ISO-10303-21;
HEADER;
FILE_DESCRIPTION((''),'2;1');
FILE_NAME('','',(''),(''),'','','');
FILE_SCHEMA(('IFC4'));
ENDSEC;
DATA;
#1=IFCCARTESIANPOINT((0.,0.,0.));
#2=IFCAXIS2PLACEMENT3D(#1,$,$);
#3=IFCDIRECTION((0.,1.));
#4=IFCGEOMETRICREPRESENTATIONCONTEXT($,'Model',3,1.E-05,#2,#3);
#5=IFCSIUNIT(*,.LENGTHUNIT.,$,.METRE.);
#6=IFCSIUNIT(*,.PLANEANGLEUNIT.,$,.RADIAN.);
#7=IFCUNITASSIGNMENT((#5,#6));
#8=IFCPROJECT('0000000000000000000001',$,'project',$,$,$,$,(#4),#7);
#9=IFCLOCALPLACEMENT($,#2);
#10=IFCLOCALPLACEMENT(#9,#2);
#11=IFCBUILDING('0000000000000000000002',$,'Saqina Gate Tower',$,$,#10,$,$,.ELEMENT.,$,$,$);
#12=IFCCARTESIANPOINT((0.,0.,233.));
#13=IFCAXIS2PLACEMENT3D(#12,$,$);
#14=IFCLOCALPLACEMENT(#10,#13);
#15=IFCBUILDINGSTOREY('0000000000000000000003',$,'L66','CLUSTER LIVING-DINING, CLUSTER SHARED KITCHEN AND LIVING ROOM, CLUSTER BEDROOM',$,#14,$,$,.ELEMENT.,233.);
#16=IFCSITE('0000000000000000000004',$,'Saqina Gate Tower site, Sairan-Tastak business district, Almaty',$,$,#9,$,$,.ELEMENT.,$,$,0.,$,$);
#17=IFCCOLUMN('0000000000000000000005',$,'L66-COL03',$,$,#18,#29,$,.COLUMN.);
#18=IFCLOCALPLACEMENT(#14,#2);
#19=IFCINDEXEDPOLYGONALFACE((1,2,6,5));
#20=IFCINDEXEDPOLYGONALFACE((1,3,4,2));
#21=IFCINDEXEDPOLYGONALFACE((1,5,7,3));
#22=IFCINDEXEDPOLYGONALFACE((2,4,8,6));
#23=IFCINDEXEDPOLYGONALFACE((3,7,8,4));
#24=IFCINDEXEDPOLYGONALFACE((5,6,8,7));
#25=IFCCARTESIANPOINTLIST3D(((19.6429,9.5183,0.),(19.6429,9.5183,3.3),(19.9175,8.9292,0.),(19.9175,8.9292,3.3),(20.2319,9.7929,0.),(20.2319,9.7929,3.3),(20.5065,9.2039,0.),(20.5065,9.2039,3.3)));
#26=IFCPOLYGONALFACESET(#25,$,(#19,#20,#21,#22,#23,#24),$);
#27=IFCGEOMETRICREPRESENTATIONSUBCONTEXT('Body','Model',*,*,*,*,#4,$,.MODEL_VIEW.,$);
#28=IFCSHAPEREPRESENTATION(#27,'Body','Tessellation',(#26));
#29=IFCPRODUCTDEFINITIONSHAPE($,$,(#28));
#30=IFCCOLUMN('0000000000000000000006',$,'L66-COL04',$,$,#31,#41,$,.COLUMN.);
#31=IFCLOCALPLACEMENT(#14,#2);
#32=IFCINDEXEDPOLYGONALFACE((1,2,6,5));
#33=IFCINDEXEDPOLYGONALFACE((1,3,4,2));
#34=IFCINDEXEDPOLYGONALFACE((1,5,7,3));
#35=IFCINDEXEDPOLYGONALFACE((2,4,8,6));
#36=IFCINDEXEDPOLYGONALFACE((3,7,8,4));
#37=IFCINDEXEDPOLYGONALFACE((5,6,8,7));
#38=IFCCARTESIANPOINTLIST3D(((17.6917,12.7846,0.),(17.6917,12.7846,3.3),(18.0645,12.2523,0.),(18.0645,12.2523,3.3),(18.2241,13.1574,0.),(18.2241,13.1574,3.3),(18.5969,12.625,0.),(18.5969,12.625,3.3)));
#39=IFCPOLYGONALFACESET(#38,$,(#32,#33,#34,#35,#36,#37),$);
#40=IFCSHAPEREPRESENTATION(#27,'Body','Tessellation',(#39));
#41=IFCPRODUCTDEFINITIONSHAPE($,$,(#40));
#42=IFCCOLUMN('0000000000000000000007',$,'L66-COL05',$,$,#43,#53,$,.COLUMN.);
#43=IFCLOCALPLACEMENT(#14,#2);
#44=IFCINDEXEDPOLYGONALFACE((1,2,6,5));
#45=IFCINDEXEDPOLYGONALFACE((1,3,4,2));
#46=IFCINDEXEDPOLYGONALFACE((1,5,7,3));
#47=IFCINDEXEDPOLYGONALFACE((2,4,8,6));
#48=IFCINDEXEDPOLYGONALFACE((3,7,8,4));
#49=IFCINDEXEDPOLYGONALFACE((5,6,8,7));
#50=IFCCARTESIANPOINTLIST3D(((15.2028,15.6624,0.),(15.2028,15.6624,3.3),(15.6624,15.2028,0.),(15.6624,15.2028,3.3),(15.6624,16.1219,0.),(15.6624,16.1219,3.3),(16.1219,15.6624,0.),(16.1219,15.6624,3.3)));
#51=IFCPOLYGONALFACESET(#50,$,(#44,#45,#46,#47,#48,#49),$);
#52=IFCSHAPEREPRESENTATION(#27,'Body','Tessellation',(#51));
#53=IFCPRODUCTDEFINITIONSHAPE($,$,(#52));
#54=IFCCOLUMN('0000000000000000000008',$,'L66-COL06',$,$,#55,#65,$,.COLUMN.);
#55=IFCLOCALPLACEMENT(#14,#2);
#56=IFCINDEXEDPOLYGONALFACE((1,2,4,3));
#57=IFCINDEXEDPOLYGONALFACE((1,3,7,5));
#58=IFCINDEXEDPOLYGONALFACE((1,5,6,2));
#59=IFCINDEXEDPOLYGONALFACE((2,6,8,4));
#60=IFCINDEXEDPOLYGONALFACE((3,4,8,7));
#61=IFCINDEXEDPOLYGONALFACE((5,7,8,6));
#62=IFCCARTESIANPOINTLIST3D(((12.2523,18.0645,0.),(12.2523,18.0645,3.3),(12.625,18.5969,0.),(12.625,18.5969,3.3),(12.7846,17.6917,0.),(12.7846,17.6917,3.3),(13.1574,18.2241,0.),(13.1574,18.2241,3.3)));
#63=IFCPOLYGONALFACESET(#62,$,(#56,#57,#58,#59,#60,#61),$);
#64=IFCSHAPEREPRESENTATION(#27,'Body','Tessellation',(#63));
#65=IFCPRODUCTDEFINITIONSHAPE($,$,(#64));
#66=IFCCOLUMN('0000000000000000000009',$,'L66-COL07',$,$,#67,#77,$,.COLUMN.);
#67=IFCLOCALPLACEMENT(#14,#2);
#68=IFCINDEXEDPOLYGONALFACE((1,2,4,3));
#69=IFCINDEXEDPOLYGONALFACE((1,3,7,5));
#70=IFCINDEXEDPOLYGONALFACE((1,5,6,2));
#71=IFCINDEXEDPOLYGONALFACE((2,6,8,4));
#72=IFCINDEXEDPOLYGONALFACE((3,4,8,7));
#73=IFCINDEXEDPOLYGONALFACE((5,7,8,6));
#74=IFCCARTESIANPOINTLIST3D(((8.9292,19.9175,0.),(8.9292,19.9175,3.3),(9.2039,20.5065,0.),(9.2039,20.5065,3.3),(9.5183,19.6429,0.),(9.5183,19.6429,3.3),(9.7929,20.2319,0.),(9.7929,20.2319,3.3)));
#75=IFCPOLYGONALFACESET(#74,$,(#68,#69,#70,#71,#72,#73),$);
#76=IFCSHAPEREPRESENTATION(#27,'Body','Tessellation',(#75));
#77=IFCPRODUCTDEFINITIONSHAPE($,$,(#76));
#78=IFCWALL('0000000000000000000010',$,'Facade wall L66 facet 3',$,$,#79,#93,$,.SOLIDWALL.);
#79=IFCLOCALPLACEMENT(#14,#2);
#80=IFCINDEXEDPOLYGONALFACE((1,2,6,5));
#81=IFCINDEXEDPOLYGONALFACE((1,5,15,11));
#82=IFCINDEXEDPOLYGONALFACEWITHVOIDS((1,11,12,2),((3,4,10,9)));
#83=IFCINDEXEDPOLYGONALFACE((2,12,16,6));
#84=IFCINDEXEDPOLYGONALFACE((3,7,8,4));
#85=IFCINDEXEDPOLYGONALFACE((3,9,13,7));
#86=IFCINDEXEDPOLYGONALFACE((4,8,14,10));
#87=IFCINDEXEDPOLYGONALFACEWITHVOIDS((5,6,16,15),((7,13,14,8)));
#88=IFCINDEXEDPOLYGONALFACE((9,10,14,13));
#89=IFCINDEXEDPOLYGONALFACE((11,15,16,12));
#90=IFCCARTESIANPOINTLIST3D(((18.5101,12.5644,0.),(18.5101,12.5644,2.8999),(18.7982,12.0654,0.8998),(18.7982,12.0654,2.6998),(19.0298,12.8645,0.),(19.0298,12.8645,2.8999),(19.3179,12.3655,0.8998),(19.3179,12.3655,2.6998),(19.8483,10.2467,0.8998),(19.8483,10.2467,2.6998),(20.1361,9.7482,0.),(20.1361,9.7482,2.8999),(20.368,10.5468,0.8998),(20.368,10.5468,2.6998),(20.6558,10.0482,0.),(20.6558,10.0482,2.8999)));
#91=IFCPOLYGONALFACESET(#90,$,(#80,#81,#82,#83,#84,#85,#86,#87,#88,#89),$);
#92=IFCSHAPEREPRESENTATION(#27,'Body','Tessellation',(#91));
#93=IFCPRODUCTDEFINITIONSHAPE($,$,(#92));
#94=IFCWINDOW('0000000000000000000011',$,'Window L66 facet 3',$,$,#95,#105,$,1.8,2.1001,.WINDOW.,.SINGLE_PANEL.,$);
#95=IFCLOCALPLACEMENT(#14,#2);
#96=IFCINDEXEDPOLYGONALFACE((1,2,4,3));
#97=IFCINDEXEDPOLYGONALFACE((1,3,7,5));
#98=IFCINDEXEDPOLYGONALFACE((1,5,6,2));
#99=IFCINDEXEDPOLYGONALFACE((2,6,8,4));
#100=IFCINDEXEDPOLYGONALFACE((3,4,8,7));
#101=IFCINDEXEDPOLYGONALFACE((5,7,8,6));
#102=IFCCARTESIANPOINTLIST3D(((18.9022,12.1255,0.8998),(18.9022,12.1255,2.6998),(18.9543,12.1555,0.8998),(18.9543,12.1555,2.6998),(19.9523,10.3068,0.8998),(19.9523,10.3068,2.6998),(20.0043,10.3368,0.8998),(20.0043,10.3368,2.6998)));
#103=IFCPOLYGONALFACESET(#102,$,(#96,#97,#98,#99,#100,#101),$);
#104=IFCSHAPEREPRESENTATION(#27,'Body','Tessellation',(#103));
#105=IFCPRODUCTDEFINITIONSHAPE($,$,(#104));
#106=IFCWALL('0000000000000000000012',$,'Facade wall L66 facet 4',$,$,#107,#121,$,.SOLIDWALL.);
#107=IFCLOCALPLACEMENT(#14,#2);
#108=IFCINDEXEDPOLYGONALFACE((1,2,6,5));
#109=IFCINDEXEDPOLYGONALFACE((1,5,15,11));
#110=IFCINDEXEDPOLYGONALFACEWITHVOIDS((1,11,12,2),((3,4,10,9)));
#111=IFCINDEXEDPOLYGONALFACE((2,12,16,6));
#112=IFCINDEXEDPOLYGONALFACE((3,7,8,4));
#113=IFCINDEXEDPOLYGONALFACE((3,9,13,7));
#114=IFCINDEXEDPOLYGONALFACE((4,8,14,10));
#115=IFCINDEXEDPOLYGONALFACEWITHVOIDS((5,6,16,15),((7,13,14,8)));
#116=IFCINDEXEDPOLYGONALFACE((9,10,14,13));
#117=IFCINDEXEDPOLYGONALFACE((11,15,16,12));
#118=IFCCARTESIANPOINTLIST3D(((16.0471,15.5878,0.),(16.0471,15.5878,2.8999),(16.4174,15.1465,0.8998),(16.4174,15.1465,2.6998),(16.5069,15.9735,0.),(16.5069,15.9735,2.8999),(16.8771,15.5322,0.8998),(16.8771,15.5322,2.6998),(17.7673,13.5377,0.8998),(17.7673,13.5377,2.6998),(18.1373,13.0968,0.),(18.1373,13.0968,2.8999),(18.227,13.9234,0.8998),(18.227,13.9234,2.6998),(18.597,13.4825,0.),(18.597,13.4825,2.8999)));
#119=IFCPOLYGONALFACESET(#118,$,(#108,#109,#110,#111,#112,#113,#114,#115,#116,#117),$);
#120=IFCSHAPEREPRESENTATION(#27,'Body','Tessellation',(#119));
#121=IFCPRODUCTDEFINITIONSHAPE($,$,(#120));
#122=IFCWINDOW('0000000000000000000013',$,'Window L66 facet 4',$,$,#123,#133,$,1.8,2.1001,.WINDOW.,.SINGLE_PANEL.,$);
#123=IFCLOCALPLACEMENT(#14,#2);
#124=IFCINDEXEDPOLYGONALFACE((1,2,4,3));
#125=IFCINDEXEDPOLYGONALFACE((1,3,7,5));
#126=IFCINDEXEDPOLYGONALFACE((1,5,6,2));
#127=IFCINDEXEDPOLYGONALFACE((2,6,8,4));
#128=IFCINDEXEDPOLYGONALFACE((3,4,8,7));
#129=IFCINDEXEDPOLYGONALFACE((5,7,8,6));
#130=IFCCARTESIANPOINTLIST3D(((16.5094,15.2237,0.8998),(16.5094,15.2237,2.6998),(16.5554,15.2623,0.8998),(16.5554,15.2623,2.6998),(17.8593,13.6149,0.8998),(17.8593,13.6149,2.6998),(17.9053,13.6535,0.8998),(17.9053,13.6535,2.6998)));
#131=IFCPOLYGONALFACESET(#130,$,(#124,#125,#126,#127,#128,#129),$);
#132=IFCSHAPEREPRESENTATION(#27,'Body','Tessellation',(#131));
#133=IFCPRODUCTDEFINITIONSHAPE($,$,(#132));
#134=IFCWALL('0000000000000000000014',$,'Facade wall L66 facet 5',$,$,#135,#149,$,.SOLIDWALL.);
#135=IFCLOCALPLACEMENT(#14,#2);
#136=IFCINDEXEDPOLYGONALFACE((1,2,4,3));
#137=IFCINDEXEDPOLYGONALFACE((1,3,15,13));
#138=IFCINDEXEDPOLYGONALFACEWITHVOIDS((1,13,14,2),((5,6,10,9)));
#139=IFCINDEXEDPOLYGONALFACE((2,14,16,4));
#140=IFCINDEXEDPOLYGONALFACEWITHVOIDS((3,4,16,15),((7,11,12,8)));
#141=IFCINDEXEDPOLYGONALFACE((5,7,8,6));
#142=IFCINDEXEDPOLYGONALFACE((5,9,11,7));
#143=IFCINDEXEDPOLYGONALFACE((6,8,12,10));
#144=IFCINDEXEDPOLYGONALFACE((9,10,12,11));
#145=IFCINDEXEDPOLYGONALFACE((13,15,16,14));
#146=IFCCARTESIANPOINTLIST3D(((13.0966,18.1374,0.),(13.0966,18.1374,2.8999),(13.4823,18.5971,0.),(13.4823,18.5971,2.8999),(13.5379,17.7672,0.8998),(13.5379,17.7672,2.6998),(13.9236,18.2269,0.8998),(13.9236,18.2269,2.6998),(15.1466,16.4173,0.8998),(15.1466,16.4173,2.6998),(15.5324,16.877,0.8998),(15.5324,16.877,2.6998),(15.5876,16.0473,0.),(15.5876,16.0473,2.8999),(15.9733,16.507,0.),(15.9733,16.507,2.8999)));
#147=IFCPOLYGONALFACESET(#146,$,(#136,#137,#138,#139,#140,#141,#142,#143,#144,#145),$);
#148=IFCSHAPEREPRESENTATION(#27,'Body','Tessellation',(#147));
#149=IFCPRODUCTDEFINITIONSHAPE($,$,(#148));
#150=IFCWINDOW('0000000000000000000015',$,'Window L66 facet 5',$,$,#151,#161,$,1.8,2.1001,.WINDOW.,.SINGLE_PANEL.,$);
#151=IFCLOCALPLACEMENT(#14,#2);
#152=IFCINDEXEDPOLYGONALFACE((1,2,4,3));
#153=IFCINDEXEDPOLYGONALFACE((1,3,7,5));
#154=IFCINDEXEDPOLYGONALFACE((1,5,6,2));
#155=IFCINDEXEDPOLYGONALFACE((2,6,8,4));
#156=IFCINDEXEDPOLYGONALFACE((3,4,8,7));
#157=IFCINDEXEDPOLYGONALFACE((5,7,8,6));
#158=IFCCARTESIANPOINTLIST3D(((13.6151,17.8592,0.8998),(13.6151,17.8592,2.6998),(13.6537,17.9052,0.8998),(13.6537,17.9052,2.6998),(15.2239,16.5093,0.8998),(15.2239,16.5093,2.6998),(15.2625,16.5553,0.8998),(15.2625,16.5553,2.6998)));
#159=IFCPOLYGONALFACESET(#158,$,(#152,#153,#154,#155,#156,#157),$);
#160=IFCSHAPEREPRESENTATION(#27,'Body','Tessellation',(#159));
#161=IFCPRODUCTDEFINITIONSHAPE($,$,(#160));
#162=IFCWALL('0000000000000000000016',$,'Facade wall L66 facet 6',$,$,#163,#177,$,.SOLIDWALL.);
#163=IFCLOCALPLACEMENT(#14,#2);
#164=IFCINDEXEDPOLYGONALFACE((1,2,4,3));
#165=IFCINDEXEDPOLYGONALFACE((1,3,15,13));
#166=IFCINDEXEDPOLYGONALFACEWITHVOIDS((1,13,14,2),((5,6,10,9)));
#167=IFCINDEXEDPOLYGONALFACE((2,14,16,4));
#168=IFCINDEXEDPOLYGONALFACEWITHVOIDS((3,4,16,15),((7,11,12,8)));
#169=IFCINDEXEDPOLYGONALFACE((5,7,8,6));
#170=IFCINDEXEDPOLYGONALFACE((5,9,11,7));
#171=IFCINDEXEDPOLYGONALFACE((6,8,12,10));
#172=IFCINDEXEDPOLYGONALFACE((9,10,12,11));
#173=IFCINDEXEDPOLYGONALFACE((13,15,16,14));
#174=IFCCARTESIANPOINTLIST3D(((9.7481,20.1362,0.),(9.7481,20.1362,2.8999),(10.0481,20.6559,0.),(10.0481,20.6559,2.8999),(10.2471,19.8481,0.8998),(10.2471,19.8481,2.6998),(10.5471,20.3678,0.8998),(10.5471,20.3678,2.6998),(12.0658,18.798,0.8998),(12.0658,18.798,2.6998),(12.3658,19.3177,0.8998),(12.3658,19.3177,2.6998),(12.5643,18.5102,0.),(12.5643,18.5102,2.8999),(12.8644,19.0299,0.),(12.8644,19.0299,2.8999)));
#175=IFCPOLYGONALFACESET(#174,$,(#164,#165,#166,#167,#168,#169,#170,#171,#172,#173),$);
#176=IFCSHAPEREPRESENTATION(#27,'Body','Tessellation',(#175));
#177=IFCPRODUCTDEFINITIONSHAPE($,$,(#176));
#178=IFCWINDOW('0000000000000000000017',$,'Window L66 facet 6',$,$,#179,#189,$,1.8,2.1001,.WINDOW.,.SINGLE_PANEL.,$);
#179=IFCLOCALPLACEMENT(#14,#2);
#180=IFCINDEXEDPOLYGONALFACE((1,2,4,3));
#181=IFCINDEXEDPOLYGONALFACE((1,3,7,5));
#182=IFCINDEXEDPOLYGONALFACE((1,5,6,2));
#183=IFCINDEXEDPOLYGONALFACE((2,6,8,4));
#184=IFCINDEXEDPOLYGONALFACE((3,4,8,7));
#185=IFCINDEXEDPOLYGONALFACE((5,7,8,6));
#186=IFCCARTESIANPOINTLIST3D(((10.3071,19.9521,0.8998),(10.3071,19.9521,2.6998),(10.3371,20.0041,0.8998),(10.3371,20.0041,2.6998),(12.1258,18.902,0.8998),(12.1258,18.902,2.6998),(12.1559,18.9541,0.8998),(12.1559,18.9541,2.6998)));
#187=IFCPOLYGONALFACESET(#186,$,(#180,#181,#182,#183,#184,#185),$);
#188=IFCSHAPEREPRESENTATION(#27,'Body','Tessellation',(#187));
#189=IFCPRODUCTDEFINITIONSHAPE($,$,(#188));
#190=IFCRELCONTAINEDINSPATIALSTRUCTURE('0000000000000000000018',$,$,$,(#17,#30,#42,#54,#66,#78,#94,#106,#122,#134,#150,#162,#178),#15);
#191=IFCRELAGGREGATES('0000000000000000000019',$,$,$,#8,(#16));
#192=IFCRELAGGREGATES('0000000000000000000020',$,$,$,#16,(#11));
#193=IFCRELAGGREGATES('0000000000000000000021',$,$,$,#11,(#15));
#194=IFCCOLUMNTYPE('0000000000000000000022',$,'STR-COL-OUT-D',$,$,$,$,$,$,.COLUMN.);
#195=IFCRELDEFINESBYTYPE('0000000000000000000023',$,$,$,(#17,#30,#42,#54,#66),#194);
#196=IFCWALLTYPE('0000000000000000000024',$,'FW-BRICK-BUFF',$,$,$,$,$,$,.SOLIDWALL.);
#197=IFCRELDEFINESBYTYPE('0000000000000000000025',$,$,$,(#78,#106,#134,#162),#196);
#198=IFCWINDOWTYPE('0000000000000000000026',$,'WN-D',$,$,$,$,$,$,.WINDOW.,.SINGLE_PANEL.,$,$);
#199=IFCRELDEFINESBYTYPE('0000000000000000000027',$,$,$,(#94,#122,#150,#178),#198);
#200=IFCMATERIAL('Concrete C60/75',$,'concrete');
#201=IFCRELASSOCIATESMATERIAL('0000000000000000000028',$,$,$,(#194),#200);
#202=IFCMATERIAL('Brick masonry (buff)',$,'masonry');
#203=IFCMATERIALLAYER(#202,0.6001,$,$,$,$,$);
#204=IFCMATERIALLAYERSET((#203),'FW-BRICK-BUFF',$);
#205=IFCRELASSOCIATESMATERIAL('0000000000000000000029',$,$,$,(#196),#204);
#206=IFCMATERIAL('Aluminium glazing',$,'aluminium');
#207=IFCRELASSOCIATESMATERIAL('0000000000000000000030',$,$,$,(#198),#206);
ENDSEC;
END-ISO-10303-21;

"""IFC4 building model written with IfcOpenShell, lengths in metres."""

from ifc_helpers import new_model, si_unit, direction, frame, frame_2d, origin, origin_2d, place, context, subcontext, project, spatial, rectangle, extrude, material, layer, layer_set, material_profile, profile_set, type_object, element, fill, save


model = new_model("IFC4")

# Units and contexts
model_context = context("Model", 3, precision=1e-05, world=origin(), true_north=direction((0.0, 1.0)))
body_context = subcontext(model_context, "Body", "Model", "MODEL_VIEW")
ifc_project = project(units=[si_unit("LENGTHUNIT", "METRE"), si_unit("PLANEANGLEUNIT", "RADIAN")], contexts=[model_context])

# Site, building, storey
site_placement = place(None, origin())
site = spatial("IfcSite", under=ifc_project, at=site_placement, Name="Saqina Gate Tower site, Sairan-Tastak business district, Almaty", CompositionType="ELEMENT", RefElevation=0.0)
building_placement = place(site_placement, origin())
building = spatial("IfcBuilding", under=site, at=building_placement, Name="Saqina Gate Tower", CompositionType="ELEMENT")
storey_placement = place(building_placement, frame((0.0, 0.0, 233.0)))
storey = spatial("IfcBuildingStorey", under=building, at=storey_placement, Name="L66", Description="CLUSTER LIVING-DINING, CLUSTER SHARED KITCHEN AND LIVING ROOM, CLUSTER BEDROOM", CompositionType="ELEMENT", Elevation=233.0)

# Columns
ifc_material_1 = material(Name="Concrete C60/75", Category="concrete")
ifc_material_profile = material_profile(ifc_material_1, rectangle(XDim=0.6499, YDim=0.6499, at=origin_2d()), Name="RC 650x650")
ifc_profile_set = profile_set([ifc_material_profile], Name="Concrete C60/75")
column_type = type_object("IfcColumnType", Name="STR-COL-OUT-D", PredefinedType="COLUMN", material=ifc_profile_set)
for number, where, z_axis, x_axis, name in (
    (1, (20.0747, 9.3611, 0.0), (0.0, 0.0, 1.0), (0.906308, 0.422618, 0.0), "L66-COL03"),
    (2, (18.1443, 12.7048, 0.0), (0.0, 0.0, 1.0), (0.819152, 0.573576, 0.0), "L66-COL04"),
    (3, (15.6624, 15.6624, 0.0), (0.0, 0.0, 1.0), (0.707107, 0.707107, 0.0), "L66-COL05"),
    (4, (12.7048, 18.1443, 0.0), (0.0, 0.0, 1.0), (0.573576, 0.819152, 0.0), "L66-COL06"),
    (5, (9.3611, 20.0747, 0.0), (0.0, 0.0, 1.0), (0.422618, 0.906308, 0.0), "L66-COL07"),
):
    element("IfcColumn", number, at=place(storey_placement, frame(where, z_axis=z_axis, x_axis=x_axis)), inside=storey, type_object=column_type, Name=name, PredefinedType="COLUMN", context=body_context, shape_type="SweptSolid", body=[
        extrude(rectangle(XDim=0.6499, YDim=0.6499, at=origin_2d()), origin(), (0.0, 0.0, 1.0), 3.3),
    ])

# Walls, openings, windows
ifc_material_2 = material(Name="Brick masonry (buff)", Category="masonry")
ifc_layer_1 = layer(ifc_material_2, 0.6001)
ifc_layer_set_1 = layer_set([ifc_layer_1], Name="FW-BRICK-BUFF")
wall_type_1 = type_object("IfcWallType", Name="FW-BRICK-BUFF", PredefinedType="SOLIDWALL", material=ifc_layer_set_1)
wall_1_placement = place(storey_placement, frame((20.396, 9.8982, 0.0), z_axis=(0.0, 0.0, 1.0), x_axis=(-0.500015, 0.866017, 0.0)))
wall_1 = element("IfcWall", 6, at=wall_1_placement, inside=storey, type_object=wall_type_1, Name="Facade wall L66 facet 3", PredefinedType="SOLIDWALL", context=body_context, shape_type="SweptSolid", body=[
    extrude(rectangle(XDim=3.252, YDim=0.6001, at=frame_2d((1.626, 0.0))), origin(), (0.0, 0.0, 1.0), 2.8999),
])
opening_1_placement = place(wall_1_placement, frame((0.5757, 0.0, 0.8999)))
opening_1 = element("IfcOpeningElement", 7, at=opening_1_placement, cuts=wall_1, PredefinedType="OPENING", context=body_context, shape_type="SweptSolid", body=[
    extrude(rectangle(XDim=2.1001, YDim=1.8, at=frame_2d((1.05, 0.8999))), frame((0.0, 0.312, 0.0), z_axis=(0.0, -1.0, 0.0), x_axis=(1.0, 0.0, 0.0)), (0.0, 0.0, 1.0), 0.624),
])
ifc_material_3 = material(Name="Aluminium glazing", Category="aluminium")
window_type = type_object("IfcWindowType", Name="WN-D", PartitioningType="SINGLE_PANEL", PredefinedType="WINDOW", material=ifc_material_3)
window_1_placement = place(opening_1_placement, origin())
window_1 = element("IfcWindow", 8, at=window_1_placement, inside=storey, type_object=window_type, Name="Window L66 facet 3", OverallHeight=1.8, OverallWidth=2.1001, PartitioningType="SINGLE_PANEL", PredefinedType="WINDOW", context=body_context, shape_type="SweptSolid", body=[
    extrude(rectangle(XDim=2.1001, YDim=1.8, at=frame_2d((1.05, 0.8999))), frame((0.0, 0.1799, 0.0), z_axis=(0.0, -1.0, 0.0), x_axis=(1.0, 0.0, 0.0)), (0.0, 0.0, 1.0), 0.0601),
])
fill(opening_1, window_1)
wall_2_placement = place(storey_placement, frame((18.3672, 13.2896, 0.0), z_axis=(0.0, 0.0, 1.0), x_axis=(-0.642773, 0.766057, 0.0)))
wall_2 = element("IfcWall", 9, at=wall_2_placement, inside=storey, type_object=wall_type_1, Name="Facade wall L66 facet 4", PredefinedType="SOLIDWALL", context=body_context, shape_type="SweptSolid", body=[
    extrude(rectangle(XDim=3.2517, YDim=0.6001, at=frame_2d((1.626, 0.0))), origin(), (0.0, 0.0, 1.0), 2.8999),
])
opening_2_placement = place(wall_2_placement, frame((0.5757, 0.0, 0.8999)))
opening_2 = element("IfcOpeningElement", 10, at=opening_2_placement, cuts=wall_2, PredefinedType="OPENING", context=body_context, shape_type="SweptSolid", body=[
    extrude(rectangle(XDim=2.1001, YDim=1.8, at=frame_2d((1.05, 0.8999))), frame((0.0, 0.312, 0.0), z_axis=(0.0, -1.0, 0.0), x_axis=(1.0, 0.0, 0.0)), (0.0, 0.0, 1.0), 0.624),
])
window_2_placement = place(opening_2_placement, origin())
window_2 = element("IfcWindow", 11, at=window_2_placement, inside=storey, type_object=window_type, Name="Window L66 facet 4", OverallHeight=1.8, OverallWidth=2.1001, PartitioningType="SINGLE_PANEL", PredefinedType="WINDOW", context=body_context, shape_type="SweptSolid", body=[
    extrude(rectangle(XDim=2.1001, YDim=1.8, at=frame_2d((1.05, 0.8999))), frame((0.0, 0.1799, 0.0), z_axis=(0.0, -1.0, 0.0), x_axis=(1.0, 0.0, 0.0)), (0.0, 0.0, 1.0), 0.0601),
])
fill(opening_2, window_2)
wall_3_placement = place(storey_placement, frame((15.7805, 16.2771, 0.0), z_axis=(0.0, 0.0, 1.0), x_axis=(-0.766057, 0.642773, 0.0)))
wall_3 = element("IfcWall", 12, at=wall_3_placement, inside=storey, type_object=wall_type_1, Name="Facade wall L66 facet 5", PredefinedType="SOLIDWALL", context=body_context, shape_type="SweptSolid", body=[
    extrude(rectangle(XDim=3.2517, YDim=0.6001, at=frame_2d((1.626, 0.0))), origin(), (0.0, 0.0, 1.0), 2.8999),
])
opening_3_placement = place(wall_3_placement, frame((0.5757, 0.0, 0.8999)))
opening_3 = element("IfcOpeningElement", 13, at=opening_3_placement, cuts=wall_3, PredefinedType="OPENING", context=body_context, shape_type="SweptSolid", body=[
    extrude(rectangle(XDim=2.1001, YDim=1.8, at=frame_2d((1.05, 0.8999))), frame((0.0, 0.312, 0.0), z_axis=(0.0, -1.0, 0.0), x_axis=(1.0, 0.0, 0.0)), (0.0, 0.0, 1.0), 0.624),
])
window_3_placement = place(opening_3_placement, origin())
window_3 = element("IfcWindow", 14, at=window_3_placement, inside=storey, type_object=window_type, Name="Window L66 facet 5", OverallHeight=1.8, OverallWidth=2.1001, PartitioningType="SINGLE_PANEL", PredefinedType="WINDOW", context=body_context, shape_type="SweptSolid", body=[
    extrude(rectangle(XDim=2.1001, YDim=1.8, at=frame_2d((1.05, 0.8999))), frame((0.0, 0.1799, 0.0), z_axis=(0.0, -1.0, 0.0), x_axis=(1.0, 0.0, 0.0)), (0.0, 0.0, 1.0), 0.0601),
])
fill(opening_3, window_3)
wall_4_placement = place(storey_placement, frame((12.7144, 18.77, 0.0), z_axis=(0.0, 0.0, 1.0), x_axis=(-0.866017, 0.500015, 0.0)))
wall_4 = element("IfcWall", 15, at=wall_4_placement, inside=storey, type_object=wall_type_1, Name="Facade wall L66 facet 6", PredefinedType="SOLIDWALL", context=body_context, shape_type="SweptSolid", body=[
    extrude(rectangle(XDim=3.252, YDim=0.6001, at=frame_2d((1.626, 0.0))), origin(), (0.0, 0.0, 1.0), 2.8999),
])
opening_4_placement = place(wall_4_placement, frame((0.5757, 0.0, 0.8999)))
opening_4 = element("IfcOpeningElement", 16, at=opening_4_placement, cuts=wall_4, PredefinedType="OPENING", context=body_context, shape_type="SweptSolid", body=[
    extrude(rectangle(XDim=2.1001, YDim=1.8, at=frame_2d((1.05, 0.8999))), frame((0.0, 0.312, 0.0), z_axis=(0.0, -1.0, 0.0), x_axis=(1.0, 0.0, 0.0)), (0.0, 0.0, 1.0), 0.624),
])
window_4_placement = place(opening_4_placement, origin())
window_4 = element("IfcWindow", 17, at=window_4_placement, inside=storey, type_object=window_type, Name="Window L66 facet 6", OverallHeight=1.8, OverallWidth=2.1001, PartitioningType="SINGLE_PANEL", PredefinedType="WINDOW", context=body_context, shape_type="SweptSolid", body=[
    extrude(rectangle(XDim=2.1001, YDim=1.8, at=frame_2d((1.05, 0.8999))), frame((0.0, 0.1799, 0.0), z_axis=(0.0, -1.0, 0.0), x_axis=(1.0, 0.0, 0.0)), (0.0, 0.0, 1.0), 0.0601),
])
fill(opening_4, window_4)

save(model, "model.ifc")
